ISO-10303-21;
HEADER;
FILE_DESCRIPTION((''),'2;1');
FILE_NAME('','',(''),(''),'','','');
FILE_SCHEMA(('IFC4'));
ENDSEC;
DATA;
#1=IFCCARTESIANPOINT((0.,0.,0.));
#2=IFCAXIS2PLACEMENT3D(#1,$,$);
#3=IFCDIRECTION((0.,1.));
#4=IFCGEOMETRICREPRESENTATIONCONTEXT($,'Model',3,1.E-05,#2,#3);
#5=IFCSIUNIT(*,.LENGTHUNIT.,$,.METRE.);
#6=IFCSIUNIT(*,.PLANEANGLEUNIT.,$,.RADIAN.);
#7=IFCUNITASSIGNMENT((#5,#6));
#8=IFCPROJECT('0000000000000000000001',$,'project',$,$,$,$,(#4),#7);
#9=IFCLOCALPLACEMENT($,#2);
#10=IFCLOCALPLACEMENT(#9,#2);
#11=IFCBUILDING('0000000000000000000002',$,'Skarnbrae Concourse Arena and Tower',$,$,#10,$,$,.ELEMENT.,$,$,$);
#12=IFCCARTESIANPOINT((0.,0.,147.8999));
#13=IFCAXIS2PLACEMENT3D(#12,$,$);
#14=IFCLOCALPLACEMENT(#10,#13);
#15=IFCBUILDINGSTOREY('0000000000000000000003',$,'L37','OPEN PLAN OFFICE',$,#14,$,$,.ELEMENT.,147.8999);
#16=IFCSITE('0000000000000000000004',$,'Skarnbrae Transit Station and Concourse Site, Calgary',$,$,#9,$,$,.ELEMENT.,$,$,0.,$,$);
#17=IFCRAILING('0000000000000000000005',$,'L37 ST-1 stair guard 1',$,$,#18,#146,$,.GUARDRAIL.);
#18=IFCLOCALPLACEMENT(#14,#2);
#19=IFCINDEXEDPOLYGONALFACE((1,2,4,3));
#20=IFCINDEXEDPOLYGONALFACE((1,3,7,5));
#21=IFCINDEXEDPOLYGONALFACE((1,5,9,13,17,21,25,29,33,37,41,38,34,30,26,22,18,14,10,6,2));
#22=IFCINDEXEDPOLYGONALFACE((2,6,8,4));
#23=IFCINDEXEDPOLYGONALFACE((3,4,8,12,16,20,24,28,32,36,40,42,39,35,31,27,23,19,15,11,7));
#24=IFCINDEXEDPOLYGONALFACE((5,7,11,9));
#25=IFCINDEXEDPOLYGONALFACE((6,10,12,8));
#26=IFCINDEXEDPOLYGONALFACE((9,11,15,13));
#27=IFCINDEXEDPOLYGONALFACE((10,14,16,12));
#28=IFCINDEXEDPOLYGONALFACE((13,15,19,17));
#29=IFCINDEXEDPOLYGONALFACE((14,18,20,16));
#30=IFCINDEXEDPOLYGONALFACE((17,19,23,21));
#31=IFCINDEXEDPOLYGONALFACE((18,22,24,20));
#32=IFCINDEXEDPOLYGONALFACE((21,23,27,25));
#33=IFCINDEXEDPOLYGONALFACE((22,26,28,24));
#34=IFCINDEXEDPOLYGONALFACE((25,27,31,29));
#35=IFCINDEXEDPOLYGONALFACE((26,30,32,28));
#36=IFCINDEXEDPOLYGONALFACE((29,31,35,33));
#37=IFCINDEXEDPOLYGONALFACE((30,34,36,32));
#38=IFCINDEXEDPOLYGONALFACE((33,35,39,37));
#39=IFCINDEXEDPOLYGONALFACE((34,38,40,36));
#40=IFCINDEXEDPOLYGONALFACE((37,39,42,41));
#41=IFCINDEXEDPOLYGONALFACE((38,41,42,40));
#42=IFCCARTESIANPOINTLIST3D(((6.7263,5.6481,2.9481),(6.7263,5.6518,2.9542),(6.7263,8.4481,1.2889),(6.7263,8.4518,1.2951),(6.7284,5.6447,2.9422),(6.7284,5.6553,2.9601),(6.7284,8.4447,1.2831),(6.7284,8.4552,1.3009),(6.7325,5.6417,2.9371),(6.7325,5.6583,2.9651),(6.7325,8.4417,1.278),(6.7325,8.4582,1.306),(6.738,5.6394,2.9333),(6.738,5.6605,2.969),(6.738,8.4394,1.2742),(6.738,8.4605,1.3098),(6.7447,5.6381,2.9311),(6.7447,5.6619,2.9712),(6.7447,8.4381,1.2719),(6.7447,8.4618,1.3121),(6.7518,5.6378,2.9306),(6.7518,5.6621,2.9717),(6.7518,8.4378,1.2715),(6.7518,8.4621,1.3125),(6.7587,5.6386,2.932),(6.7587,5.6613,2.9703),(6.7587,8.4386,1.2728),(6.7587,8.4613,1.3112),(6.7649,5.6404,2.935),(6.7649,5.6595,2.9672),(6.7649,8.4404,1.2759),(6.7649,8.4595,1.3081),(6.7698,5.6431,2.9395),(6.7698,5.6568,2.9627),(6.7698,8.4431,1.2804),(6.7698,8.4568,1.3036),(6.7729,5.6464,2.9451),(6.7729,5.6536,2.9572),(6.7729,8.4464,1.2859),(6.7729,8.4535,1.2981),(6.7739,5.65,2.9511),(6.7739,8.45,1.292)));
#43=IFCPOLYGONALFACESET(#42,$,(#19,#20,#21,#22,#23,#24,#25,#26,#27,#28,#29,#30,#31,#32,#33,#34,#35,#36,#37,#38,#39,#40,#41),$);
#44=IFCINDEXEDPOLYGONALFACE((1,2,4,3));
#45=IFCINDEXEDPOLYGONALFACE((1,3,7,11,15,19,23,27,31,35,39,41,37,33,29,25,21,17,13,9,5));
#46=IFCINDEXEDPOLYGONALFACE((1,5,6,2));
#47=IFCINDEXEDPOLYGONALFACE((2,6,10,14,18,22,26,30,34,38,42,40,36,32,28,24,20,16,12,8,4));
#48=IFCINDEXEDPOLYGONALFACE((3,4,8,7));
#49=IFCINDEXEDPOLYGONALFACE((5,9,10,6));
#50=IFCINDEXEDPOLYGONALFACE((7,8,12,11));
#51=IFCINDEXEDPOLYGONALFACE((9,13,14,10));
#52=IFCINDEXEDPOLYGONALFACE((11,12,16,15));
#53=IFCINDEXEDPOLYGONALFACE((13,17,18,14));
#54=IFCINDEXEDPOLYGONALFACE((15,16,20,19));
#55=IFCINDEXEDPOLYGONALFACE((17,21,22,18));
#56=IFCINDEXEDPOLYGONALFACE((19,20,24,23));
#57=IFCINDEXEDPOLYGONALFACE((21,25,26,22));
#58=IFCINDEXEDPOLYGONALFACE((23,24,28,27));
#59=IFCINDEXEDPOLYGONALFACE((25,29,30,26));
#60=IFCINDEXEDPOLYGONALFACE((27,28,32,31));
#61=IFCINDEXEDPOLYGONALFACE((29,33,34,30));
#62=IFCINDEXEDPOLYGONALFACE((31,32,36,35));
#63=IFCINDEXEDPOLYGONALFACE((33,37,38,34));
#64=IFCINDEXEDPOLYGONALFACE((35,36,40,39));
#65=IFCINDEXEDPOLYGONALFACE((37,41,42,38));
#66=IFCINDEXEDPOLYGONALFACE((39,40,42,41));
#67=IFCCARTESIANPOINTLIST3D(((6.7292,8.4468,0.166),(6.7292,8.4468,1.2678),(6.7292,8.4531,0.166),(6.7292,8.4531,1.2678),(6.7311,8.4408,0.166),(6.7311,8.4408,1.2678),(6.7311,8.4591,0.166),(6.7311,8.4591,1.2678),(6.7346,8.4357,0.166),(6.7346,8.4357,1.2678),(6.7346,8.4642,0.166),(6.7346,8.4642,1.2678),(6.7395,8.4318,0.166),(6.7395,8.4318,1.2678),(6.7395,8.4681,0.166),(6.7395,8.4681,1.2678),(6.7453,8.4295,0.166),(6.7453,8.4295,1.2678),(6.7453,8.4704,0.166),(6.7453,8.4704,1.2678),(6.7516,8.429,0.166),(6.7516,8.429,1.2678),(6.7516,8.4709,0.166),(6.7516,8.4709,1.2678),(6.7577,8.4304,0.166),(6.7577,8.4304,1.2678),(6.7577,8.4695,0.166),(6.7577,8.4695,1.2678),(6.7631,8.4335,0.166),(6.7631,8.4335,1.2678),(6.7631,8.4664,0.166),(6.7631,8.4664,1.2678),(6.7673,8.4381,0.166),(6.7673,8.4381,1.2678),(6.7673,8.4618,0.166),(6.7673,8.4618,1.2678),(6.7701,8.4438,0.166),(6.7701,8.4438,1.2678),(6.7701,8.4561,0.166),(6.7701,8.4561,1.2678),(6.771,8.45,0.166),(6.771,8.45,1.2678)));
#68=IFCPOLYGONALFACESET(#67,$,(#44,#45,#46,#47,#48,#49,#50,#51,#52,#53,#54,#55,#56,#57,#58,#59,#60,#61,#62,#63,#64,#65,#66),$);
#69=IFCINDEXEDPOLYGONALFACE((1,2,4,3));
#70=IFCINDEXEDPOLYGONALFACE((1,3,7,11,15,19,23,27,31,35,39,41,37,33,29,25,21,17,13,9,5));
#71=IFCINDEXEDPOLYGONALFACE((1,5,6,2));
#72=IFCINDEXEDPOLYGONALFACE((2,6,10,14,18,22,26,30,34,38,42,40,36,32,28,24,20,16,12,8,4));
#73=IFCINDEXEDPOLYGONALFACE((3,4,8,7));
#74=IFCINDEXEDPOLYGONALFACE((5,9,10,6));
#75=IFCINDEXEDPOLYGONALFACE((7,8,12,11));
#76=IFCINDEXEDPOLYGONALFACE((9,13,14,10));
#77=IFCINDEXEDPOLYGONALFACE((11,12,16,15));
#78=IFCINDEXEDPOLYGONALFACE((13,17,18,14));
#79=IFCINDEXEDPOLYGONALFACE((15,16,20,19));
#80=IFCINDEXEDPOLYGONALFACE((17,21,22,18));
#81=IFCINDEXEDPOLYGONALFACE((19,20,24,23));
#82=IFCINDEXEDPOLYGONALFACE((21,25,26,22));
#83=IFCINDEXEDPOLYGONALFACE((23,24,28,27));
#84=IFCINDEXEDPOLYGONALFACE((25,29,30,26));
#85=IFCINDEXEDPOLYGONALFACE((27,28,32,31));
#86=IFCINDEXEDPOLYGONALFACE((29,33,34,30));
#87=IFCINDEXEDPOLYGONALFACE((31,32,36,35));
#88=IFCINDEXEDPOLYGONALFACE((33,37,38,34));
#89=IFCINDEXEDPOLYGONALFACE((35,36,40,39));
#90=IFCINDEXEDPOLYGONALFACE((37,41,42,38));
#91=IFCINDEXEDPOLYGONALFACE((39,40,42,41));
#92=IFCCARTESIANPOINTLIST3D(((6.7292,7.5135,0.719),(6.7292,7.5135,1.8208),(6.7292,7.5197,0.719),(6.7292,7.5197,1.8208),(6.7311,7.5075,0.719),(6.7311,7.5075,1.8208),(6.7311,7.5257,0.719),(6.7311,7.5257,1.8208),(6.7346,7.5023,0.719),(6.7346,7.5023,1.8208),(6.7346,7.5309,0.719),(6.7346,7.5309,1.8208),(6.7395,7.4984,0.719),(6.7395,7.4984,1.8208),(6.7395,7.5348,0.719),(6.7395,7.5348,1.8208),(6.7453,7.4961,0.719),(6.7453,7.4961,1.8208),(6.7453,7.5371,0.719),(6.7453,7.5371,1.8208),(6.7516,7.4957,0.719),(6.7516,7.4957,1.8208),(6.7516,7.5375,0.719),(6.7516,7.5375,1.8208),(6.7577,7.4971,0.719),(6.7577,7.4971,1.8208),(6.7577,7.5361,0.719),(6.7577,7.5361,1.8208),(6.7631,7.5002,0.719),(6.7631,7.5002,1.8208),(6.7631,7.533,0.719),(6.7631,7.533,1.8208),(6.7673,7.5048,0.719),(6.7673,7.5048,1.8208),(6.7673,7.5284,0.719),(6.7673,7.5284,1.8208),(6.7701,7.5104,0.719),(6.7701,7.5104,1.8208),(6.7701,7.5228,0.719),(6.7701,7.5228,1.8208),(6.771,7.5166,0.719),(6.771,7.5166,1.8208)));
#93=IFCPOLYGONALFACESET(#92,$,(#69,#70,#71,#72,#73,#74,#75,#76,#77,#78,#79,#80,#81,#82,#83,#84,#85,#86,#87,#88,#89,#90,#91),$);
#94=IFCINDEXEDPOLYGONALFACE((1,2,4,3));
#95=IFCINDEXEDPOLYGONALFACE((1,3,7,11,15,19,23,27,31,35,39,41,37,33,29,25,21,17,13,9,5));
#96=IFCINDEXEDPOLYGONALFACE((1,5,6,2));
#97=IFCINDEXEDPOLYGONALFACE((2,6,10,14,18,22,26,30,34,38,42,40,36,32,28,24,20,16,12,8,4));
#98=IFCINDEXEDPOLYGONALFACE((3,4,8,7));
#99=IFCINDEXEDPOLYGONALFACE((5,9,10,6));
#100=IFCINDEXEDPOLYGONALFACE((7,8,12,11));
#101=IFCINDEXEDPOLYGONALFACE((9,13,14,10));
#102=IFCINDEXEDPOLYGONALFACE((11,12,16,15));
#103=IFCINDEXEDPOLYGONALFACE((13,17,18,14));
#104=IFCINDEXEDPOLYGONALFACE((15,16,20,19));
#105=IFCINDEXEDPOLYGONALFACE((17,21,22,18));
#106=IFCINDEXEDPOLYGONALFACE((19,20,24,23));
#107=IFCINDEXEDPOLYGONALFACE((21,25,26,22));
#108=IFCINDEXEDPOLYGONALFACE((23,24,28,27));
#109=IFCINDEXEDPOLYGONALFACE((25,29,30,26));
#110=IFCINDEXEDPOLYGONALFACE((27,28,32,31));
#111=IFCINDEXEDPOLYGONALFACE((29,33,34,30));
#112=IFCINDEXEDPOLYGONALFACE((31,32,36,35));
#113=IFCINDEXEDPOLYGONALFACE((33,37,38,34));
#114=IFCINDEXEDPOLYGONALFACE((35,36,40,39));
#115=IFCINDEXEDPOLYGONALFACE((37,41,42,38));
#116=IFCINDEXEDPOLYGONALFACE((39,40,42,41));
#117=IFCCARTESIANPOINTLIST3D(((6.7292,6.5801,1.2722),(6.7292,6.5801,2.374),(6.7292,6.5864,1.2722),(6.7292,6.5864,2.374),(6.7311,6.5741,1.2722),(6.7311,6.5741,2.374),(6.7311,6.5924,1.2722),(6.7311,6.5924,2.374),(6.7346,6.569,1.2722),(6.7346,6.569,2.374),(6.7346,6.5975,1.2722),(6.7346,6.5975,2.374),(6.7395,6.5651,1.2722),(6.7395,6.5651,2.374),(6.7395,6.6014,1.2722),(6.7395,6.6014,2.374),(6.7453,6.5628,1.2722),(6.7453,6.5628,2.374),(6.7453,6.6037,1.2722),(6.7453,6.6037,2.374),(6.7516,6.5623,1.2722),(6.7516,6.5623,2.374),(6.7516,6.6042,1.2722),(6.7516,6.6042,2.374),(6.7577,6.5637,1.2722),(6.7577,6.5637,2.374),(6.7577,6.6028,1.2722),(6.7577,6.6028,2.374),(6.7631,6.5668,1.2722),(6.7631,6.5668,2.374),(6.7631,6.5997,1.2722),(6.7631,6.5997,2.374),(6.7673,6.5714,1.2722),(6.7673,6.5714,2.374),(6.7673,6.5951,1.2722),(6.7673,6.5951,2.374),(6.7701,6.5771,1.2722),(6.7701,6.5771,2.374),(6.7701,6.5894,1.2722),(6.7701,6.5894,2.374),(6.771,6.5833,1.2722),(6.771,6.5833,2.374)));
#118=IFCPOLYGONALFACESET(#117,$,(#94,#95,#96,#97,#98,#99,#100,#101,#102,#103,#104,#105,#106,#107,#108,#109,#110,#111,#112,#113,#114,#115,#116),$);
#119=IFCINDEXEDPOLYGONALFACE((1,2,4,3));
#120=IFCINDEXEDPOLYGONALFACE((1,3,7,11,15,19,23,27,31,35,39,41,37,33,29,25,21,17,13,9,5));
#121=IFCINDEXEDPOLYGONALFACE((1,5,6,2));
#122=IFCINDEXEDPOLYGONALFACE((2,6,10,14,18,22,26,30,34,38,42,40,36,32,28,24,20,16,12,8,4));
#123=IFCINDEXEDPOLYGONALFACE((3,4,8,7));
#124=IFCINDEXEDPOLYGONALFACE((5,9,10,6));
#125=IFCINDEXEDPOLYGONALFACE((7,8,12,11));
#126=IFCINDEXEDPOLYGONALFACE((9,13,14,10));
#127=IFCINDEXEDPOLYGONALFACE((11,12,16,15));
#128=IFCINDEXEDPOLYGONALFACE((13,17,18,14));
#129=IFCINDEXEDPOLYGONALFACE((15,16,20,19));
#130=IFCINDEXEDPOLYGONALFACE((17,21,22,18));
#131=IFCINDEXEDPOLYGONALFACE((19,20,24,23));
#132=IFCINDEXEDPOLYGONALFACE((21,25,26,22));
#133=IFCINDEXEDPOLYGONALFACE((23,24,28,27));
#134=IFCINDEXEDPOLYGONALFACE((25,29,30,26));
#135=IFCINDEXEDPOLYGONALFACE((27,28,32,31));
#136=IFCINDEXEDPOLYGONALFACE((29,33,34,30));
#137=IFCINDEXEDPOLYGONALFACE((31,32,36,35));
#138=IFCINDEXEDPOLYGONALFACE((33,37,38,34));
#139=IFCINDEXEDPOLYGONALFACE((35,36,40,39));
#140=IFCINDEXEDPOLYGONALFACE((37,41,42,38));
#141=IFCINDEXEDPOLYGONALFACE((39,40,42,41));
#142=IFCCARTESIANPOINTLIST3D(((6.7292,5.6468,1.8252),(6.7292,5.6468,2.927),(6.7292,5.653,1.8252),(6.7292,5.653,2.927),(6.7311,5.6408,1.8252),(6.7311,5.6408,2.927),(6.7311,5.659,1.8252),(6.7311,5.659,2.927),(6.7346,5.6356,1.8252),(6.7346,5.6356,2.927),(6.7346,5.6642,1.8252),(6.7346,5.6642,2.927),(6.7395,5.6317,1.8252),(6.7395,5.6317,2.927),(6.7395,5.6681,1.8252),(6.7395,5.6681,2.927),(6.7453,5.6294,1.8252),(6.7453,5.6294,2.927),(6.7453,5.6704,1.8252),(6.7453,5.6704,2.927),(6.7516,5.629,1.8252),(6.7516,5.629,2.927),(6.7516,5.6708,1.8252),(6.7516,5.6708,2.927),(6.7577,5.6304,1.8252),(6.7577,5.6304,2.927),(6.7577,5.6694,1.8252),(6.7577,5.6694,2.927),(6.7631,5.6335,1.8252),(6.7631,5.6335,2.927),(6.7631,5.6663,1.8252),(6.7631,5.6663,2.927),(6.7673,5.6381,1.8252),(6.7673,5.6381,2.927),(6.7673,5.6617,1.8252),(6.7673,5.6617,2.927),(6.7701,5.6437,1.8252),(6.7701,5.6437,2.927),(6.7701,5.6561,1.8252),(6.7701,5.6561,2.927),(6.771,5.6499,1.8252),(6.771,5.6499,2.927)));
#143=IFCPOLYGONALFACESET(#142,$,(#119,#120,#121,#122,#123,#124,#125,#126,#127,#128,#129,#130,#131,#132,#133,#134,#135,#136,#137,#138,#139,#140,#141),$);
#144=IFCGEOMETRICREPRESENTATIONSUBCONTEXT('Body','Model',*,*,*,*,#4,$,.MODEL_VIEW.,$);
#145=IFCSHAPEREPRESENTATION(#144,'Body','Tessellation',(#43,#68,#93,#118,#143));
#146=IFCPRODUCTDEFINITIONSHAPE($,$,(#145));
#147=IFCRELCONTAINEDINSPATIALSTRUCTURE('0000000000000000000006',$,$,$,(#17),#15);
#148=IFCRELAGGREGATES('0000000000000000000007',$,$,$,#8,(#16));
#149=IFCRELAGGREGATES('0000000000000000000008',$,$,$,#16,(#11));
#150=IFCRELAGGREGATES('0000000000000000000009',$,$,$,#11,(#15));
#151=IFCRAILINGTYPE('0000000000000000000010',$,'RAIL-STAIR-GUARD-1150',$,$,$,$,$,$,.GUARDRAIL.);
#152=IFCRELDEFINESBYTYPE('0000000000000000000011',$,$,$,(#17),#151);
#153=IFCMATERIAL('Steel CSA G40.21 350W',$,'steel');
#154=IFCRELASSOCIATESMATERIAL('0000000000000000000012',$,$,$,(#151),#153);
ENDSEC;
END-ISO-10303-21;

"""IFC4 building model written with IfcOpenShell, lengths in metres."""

from ifc_helpers import new_model, si_unit, direction, frame, origin, origin_2d, place, context, subcontext, project, spatial, circle, extrude, material, type_object, element, save


model = new_model("IFC4")

# Units and contexts
model_context = context("Model", 3, precision=1e-05, world=origin(), true_north=direction((0.0, 1.0)))
body_context = subcontext(model_context, "Body", "Model", "MODEL_VIEW")
ifc_project = project(units=[si_unit("LENGTHUNIT", "METRE"), si_unit("PLANEANGLEUNIT", "RADIAN")], contexts=[model_context])

# Site, building, storey
site_placement = place(None, origin())
site = spatial("IfcSite", under=ifc_project, at=site_placement, Name="Skarnbrae Transit Station and Concourse Site, Calgary", CompositionType="ELEMENT", RefElevation=0.0)
building_placement = place(site_placement, origin())
building = spatial("IfcBuilding", under=site, at=building_placement, Name="Skarnbrae Concourse Arena and Tower", CompositionType="ELEMENT")
storey_placement = place(building_placement, frame((0.0, 0.0, 147.8999)))
storey = spatial("IfcBuildingStorey", under=building, at=storey_placement, Name="L37", Description="OPEN PLAN OFFICE", CompositionType="ELEMENT", Elevation=147.8999)

# Shared definitions
ifc_material_1 = material(Name="Steel CSA G40.21 350W", Category="steel")

# Railing
railing_type_1 = type_object("IfcRailingType", Name="RAIL-STAIR-GUARD-1150", PredefinedType="GUARDRAIL", material=ifc_material_1)
railing_1_placement = place(storey_placement, frame((6.75, 8.45, 0.166)))
element("IfcRailing", 1, at=railing_1_placement, inside=storey, type_object=railing_type_1, Name="L37 ST-1 stair guard 1", PredefinedType="GUARDRAIL", context=body_context, shape_type="SweptSolid", body=[
    extrude(circle(Radius=0.0239, at=origin_2d()), frame((0.0, 0.0, 1.126), z_axis=(0.0, -0.860306, 0.509778), x_axis=(1.0, 0.0, 0.0)), (0.0, 0.0, 1.0), 3.2546),
    extrude(circle(Radius=0.021, at=origin_2d()), origin(), (0.0, 0.0, 1.0), 1.1018),
    extrude(circle(Radius=0.021, at=origin_2d()), frame((0.0, -0.9333, 0.553)), (0.0, 0.0, 1.0), 1.1018),
    extrude(circle(Radius=0.021, at=origin_2d()), frame((0.0, -1.8667, 1.1062)), (0.0, 0.0, 1.0), 1.1018),
    extrude(circle(Radius=0.021, at=origin_2d()), frame((0.0, -2.8, 1.6592)), (0.0, 0.0, 1.0), 1.1018),
])

save(model, "model.ifc")
